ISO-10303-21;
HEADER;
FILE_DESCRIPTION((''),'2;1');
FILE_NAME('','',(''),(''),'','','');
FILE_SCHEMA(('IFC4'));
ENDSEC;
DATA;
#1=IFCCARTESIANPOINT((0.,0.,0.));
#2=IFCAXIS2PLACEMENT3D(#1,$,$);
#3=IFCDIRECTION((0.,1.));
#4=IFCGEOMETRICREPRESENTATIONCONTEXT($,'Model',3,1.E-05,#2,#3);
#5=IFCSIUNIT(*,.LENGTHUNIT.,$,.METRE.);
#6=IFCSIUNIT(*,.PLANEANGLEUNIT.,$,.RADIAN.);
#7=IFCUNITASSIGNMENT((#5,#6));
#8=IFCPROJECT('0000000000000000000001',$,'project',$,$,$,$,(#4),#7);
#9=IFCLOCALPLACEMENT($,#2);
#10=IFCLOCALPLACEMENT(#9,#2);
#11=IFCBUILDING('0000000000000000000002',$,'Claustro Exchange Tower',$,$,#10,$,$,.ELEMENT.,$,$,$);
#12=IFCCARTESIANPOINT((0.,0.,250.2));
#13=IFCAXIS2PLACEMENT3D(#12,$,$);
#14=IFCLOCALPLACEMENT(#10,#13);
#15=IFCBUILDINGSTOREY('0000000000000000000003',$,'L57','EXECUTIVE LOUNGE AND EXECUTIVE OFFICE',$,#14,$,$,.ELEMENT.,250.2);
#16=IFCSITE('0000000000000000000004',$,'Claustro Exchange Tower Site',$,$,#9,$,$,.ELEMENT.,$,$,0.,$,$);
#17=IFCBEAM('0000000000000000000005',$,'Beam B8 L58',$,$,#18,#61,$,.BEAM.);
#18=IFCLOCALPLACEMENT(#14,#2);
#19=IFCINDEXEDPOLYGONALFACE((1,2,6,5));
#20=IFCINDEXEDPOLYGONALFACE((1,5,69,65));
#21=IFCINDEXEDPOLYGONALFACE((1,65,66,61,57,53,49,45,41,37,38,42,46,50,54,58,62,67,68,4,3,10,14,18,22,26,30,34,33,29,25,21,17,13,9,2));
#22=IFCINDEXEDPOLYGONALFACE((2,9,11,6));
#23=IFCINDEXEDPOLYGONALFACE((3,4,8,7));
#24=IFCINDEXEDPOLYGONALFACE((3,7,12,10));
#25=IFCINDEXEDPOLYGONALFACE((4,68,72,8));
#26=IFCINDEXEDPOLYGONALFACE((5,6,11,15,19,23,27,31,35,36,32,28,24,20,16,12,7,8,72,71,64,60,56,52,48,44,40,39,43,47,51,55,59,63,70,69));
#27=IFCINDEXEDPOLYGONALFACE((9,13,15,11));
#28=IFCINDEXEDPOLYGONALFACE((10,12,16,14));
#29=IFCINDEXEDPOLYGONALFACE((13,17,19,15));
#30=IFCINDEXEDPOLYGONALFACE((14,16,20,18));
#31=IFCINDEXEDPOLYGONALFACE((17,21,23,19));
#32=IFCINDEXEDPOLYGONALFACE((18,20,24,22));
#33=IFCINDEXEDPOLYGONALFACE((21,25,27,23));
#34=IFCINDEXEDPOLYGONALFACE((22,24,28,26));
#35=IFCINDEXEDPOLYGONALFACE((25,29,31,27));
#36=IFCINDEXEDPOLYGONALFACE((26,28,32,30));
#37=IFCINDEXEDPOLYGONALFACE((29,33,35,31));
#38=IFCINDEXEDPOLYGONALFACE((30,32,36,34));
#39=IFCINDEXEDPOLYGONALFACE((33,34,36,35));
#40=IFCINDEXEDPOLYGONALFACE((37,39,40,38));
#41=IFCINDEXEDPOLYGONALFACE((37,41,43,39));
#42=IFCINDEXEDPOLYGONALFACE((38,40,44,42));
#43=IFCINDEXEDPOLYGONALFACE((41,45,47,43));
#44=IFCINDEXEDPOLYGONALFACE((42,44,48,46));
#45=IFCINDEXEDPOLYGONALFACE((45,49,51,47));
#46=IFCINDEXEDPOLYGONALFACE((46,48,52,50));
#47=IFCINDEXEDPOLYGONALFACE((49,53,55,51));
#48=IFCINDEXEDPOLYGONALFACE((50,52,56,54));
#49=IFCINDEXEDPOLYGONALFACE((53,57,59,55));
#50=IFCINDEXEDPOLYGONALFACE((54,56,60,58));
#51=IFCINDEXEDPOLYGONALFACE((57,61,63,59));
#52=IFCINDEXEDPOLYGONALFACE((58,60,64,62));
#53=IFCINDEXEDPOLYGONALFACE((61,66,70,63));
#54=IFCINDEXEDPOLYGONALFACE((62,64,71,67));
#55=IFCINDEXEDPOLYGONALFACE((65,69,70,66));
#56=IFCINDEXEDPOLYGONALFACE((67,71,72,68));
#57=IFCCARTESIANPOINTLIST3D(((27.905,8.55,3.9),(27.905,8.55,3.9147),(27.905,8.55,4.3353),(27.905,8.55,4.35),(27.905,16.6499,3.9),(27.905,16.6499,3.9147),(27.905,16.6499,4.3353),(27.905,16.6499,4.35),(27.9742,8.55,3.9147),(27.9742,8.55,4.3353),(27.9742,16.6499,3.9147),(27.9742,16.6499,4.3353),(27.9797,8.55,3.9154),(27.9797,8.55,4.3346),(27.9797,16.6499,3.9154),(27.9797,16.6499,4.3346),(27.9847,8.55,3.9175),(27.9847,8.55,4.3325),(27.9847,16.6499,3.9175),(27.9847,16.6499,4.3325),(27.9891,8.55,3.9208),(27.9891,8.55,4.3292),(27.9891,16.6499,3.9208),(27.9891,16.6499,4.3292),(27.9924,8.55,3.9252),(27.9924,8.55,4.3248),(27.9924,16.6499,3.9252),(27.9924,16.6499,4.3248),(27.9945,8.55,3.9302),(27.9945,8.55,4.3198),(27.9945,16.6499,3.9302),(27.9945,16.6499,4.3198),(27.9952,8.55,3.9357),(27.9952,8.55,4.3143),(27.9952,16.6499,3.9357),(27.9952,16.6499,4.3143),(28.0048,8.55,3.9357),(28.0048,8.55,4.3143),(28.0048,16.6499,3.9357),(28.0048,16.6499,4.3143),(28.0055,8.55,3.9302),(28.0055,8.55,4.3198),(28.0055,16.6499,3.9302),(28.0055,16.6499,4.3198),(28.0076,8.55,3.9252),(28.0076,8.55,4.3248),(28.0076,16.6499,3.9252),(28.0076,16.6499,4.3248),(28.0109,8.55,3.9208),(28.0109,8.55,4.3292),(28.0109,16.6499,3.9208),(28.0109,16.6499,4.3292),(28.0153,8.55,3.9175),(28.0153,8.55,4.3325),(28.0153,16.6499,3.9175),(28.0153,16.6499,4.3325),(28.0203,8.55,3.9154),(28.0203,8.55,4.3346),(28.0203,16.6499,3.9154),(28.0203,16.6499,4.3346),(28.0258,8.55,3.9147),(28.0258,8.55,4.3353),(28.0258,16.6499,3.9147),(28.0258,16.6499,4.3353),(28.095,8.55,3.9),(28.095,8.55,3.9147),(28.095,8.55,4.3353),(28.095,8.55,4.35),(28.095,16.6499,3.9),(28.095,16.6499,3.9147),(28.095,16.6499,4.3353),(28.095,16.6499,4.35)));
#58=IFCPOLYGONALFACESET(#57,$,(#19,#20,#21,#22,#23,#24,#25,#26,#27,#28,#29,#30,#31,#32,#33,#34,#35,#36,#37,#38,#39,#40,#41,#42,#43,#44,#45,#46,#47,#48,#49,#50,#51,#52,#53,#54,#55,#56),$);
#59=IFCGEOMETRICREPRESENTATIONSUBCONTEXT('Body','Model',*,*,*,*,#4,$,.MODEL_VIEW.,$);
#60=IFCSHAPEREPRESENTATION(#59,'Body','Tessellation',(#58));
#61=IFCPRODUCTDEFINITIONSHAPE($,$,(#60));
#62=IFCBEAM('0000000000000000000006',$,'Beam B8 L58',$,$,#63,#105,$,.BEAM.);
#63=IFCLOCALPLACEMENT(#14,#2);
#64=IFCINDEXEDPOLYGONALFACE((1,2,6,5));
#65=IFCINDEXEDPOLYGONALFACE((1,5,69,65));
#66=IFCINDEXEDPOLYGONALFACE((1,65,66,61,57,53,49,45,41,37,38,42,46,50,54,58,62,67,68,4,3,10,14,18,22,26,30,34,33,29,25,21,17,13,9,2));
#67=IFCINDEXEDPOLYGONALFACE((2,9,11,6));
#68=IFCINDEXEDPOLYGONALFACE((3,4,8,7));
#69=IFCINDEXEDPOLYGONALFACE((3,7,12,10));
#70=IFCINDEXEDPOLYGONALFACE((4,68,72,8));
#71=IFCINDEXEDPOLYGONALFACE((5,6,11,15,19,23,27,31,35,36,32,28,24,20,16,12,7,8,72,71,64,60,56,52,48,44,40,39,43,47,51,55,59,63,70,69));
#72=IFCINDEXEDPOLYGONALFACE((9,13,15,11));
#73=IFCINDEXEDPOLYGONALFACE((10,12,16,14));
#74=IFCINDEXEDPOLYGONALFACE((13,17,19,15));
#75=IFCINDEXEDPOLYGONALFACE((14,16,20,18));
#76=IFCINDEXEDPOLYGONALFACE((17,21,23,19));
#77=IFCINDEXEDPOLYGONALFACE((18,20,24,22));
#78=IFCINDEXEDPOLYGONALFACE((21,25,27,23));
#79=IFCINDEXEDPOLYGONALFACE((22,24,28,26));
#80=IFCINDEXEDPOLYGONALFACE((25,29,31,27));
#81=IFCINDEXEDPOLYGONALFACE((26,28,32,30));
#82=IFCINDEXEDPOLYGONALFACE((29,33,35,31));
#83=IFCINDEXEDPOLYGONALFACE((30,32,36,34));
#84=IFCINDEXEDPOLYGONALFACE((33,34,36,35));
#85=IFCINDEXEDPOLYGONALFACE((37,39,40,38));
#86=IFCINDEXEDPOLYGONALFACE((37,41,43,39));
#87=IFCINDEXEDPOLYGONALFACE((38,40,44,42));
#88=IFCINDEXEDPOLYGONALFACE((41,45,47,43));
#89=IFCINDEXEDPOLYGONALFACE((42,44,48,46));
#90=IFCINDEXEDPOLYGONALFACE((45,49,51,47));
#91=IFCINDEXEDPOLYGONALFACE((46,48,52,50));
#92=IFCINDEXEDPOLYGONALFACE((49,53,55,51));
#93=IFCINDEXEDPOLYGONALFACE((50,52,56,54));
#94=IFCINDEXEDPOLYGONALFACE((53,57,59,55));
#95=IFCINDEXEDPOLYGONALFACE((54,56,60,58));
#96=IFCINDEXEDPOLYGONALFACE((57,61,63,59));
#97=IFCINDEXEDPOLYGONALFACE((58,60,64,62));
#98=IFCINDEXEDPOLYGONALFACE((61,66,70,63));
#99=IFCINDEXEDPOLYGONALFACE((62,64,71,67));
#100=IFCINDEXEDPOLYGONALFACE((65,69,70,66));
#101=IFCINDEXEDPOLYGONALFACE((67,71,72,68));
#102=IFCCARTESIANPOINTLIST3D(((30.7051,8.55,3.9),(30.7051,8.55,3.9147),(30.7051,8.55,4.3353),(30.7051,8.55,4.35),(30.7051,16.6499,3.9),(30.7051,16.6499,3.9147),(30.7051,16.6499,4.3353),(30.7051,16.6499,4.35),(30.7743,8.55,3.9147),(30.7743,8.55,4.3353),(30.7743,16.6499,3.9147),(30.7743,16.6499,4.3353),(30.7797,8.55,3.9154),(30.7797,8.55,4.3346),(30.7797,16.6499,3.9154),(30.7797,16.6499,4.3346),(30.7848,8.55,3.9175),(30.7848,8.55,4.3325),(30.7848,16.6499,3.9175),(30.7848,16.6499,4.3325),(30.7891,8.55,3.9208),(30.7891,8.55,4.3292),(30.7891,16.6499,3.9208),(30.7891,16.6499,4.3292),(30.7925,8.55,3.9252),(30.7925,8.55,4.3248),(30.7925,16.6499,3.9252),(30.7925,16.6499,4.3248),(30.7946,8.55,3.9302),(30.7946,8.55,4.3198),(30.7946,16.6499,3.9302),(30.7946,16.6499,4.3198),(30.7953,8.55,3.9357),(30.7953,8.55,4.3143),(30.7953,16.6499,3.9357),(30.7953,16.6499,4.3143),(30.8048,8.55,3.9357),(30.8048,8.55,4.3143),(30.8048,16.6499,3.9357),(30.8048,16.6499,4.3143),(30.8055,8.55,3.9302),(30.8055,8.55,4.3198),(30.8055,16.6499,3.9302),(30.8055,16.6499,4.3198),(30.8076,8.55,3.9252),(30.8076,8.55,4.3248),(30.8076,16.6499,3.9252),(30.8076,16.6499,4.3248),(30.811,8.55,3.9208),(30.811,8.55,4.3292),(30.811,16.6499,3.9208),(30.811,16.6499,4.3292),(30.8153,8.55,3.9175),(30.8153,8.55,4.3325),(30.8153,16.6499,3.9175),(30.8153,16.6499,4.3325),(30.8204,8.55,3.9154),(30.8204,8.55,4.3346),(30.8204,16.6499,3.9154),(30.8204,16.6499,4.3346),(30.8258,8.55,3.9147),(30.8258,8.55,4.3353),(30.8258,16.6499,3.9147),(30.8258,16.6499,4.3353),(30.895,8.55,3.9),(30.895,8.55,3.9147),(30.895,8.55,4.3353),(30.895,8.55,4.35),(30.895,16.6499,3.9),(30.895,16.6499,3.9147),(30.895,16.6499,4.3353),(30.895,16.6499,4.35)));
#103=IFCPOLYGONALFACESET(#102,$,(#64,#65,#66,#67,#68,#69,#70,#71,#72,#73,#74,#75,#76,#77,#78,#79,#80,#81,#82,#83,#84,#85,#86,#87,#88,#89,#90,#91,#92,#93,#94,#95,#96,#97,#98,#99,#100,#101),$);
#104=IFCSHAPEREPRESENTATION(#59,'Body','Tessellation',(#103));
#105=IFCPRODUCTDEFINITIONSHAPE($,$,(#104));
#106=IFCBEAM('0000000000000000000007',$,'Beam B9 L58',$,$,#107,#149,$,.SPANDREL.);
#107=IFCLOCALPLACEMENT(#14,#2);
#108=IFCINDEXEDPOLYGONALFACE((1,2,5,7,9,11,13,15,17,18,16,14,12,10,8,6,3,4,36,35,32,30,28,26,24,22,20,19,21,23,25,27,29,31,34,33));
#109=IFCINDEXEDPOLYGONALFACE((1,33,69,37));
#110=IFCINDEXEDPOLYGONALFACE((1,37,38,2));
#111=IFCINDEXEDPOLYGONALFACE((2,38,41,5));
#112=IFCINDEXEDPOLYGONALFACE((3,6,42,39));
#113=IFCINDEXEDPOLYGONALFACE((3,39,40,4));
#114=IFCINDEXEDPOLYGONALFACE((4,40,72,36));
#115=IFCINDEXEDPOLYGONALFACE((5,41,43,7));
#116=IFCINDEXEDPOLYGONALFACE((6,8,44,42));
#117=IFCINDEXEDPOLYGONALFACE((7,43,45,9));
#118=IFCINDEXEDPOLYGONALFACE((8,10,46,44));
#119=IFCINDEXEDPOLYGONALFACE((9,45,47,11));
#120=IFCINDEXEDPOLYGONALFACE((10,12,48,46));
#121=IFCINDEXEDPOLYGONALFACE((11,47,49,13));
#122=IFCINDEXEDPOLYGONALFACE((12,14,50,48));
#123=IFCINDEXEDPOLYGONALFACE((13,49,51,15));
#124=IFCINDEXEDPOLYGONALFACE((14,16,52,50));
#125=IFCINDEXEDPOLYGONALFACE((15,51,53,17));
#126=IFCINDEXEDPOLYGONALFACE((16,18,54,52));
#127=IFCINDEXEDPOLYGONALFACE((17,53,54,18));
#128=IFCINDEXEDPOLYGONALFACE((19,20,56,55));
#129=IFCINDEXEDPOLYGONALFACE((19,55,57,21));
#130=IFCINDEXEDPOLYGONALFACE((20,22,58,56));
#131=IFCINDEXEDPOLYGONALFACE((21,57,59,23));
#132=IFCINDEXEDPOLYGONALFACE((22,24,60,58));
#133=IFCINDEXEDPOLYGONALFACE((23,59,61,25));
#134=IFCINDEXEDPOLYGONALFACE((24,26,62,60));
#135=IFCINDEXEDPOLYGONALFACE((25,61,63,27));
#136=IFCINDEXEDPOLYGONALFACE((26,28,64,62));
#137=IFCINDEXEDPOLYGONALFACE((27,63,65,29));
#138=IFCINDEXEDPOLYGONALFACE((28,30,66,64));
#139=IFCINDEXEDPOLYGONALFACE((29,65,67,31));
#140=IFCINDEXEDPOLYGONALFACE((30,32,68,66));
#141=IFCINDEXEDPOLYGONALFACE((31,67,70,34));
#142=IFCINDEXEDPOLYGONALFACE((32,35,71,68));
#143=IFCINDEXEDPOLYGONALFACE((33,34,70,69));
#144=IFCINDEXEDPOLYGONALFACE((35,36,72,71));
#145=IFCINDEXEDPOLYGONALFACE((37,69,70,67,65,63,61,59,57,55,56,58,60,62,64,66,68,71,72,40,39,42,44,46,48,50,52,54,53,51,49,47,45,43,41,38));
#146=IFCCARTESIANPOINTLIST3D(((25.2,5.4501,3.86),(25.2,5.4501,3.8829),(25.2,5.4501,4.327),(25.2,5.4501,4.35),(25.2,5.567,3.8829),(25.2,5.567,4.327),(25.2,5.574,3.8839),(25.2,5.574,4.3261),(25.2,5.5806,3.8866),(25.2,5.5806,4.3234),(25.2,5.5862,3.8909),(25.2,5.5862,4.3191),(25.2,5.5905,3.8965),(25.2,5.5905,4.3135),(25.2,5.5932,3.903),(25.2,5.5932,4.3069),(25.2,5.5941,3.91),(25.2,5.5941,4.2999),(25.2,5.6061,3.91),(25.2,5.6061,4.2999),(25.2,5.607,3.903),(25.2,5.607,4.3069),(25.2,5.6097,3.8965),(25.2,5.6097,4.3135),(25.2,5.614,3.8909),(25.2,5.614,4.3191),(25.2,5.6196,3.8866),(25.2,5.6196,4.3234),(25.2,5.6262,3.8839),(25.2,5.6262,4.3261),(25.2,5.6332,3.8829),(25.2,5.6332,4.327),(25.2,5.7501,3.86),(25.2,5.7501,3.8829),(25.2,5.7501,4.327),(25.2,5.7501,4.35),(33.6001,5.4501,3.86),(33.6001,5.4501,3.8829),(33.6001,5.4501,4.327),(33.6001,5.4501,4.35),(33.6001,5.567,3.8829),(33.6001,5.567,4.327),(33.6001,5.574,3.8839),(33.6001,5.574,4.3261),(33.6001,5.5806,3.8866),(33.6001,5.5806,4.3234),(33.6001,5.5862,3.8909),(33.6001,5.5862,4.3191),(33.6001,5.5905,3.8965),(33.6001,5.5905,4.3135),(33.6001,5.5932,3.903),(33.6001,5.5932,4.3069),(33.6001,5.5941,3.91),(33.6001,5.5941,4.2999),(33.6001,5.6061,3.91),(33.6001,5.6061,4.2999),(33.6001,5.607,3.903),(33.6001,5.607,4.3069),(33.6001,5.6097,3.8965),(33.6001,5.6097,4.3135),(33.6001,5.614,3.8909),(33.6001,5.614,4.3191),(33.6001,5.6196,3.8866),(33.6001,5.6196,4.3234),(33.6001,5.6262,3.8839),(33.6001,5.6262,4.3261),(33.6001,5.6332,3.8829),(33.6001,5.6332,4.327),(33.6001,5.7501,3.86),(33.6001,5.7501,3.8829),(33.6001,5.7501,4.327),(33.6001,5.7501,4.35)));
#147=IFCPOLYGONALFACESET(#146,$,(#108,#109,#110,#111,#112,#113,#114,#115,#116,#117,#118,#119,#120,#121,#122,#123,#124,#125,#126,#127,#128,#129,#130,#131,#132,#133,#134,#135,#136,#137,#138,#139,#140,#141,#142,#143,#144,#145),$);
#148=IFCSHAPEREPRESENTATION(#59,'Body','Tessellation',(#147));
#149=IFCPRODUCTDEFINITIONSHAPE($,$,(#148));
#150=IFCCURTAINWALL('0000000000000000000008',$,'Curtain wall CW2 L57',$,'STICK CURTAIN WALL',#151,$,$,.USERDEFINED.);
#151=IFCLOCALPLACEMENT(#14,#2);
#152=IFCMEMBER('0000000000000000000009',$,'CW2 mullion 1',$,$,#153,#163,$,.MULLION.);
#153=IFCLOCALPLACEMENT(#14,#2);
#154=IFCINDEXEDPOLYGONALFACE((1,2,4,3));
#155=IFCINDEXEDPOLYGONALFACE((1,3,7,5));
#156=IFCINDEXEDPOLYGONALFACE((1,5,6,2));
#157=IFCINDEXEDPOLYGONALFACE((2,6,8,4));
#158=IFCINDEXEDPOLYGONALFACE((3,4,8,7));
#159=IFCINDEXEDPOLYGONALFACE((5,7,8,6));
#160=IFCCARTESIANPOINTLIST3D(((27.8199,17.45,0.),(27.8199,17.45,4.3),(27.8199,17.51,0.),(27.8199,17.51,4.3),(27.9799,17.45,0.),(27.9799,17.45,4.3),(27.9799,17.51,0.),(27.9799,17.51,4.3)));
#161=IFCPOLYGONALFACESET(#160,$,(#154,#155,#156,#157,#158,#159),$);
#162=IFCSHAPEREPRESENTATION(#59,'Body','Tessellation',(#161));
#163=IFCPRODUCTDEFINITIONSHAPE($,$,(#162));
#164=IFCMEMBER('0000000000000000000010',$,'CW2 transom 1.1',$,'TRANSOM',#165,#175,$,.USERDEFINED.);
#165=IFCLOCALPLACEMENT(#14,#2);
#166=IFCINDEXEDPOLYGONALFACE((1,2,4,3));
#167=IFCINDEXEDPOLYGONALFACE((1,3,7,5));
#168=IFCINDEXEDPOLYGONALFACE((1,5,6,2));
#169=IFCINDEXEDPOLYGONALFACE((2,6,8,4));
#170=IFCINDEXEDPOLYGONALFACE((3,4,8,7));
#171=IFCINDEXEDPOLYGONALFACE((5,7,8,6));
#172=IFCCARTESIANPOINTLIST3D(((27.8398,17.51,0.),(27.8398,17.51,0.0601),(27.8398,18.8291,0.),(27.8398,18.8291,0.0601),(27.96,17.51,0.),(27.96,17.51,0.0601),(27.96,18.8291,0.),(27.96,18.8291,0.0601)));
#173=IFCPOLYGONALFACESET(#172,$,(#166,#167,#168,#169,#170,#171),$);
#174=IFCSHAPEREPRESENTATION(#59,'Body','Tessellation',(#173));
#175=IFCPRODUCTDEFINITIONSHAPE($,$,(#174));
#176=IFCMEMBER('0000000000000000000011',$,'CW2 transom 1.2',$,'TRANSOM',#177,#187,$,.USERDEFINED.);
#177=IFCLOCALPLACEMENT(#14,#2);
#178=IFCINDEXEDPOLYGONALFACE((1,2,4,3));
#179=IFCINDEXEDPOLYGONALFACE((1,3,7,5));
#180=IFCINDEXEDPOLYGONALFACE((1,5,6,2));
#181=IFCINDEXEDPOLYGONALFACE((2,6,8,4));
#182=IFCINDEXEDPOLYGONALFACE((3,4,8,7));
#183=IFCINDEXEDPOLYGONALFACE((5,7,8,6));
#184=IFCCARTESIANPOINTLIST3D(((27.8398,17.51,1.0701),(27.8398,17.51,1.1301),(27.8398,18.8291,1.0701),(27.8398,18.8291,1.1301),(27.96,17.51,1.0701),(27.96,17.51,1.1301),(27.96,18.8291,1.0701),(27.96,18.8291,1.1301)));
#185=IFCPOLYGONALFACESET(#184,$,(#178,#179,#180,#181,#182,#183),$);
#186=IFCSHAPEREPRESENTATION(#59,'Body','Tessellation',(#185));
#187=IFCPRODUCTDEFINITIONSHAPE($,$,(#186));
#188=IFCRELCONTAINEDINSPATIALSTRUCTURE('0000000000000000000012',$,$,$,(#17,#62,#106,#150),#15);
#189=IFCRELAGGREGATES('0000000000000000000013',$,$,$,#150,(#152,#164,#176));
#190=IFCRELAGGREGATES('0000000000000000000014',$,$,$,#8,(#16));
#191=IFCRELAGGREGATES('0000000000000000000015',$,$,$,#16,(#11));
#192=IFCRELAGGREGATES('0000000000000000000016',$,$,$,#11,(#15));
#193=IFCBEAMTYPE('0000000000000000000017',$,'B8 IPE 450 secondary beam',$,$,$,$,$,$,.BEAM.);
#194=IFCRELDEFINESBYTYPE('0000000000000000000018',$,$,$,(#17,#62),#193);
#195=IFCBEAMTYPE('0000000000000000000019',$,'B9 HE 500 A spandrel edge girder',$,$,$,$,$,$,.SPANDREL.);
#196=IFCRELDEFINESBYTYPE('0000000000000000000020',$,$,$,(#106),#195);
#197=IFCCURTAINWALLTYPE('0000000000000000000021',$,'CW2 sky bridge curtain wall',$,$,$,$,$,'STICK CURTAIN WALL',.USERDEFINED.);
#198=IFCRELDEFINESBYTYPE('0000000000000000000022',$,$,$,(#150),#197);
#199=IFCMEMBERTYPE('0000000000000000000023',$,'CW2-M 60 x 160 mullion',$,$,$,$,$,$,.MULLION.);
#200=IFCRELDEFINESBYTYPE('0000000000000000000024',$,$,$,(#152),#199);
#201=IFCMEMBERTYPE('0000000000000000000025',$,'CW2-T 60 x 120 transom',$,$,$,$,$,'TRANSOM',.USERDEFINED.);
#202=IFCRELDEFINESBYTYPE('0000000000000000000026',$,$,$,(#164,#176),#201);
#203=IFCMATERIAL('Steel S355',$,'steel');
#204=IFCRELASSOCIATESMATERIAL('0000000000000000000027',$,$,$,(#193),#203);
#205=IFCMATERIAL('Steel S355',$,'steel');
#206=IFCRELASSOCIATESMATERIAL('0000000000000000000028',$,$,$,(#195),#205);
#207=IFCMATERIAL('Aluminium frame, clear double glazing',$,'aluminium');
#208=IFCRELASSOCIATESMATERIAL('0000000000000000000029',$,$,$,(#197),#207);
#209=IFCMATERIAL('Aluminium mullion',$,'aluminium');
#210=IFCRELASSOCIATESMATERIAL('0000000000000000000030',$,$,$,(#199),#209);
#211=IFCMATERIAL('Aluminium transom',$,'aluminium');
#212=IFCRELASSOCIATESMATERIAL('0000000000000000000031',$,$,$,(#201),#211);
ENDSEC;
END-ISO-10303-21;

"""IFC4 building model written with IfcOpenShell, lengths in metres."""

from ifc_helpers import new_model, si_unit, direction, frame, origin, origin_2d, place, context, subcontext, project, spatial, rectangle, i_section, extrude, material, material_profile, profile_set, type_object, element, aggregate, save


model = new_model("IFC4")

# Units and contexts
model_context = context("Model", 3, precision=1e-05, world=origin(), true_north=direction((0.0, 1.0)))
body_context = subcontext(model_context, "Body", "Model", "MODEL_VIEW")
ifc_project = project(units=[si_unit("LENGTHUNIT", "METRE"), si_unit("PLANEANGLEUNIT", "RADIAN")], contexts=[model_context])

# Site, building, storey
site_placement = place(None, origin())
site = spatial("IfcSite", under=ifc_project, at=site_placement, Name="Claustro Exchange Tower Site", CompositionType="ELEMENT", RefElevation=0.0)
building_placement = place(site_placement, origin())
building = spatial("IfcBuilding", under=site, at=building_placement, Name="Claustro Exchange Tower", CompositionType="ELEMENT")
storey_placement = place(building_placement, frame((0.0, 0.0, 250.2)))
storey = spatial("IfcBuildingStorey", under=building, at=storey_placement, Name="L57", Description="EXECUTIVE LOUNGE AND EXECUTIVE OFFICE", CompositionType="ELEMENT", Elevation=250.2)

# Beams
ifc_material_1 = material(Name="Steel S355", Category="steel")
ifc_material_profile_1 = material_profile(ifc_material_1, i_section(OverallWidth=0.1899, OverallDepth=0.45, WebThickness=0.0095, FlangeThickness=0.0146, FilletRadius=0.021, at=origin_2d()), Name="IPE 450")
ifc_profile_set_1 = profile_set([ifc_material_profile_1], Name="Steel S355")
beam_type_1 = type_object("IfcBeamType", Name="B8 IPE 450 secondary beam", PredefinedType="BEAM", material=ifc_profile_set_1)
for number, where, z_axis, x_axis, name in (
    (1, (28.0, 8.55, 4.125), (0.0, 1.0, 0.0), (-1.0, 0.0, 0.0), "Beam B8 L58"),
    (2, (30.8, 8.55, 4.125), (0.0, 1.0, 0.0), (-1.0, 0.0, 0.0), "Beam B8 L58"),
):
    element("IfcBeam", number, at=place(storey_placement, frame(where, z_axis=z_axis, x_axis=x_axis)), inside=storey, type_object=beam_type_1, Name=name, PredefinedType="BEAM", context=body_context, shape_type="SweptSolid", body=[
        extrude(i_section(OverallWidth=0.1899, OverallDepth=0.45, WebThickness=0.0095, FlangeThickness=0.0146, FilletRadius=0.021, at=origin_2d()), origin(), (0.0, 0.0, 1.0), 8.0999),
    ])
ifc_material_2 = material(Name="Steel S355", Category="steel")
ifc_material_profile_2 = material_profile(ifc_material_2, i_section(OverallWidth=0.3, OverallDepth=0.49, WebThickness=0.012, FlangeThickness=0.0229, FilletRadius=0.0271, at=origin_2d()), Name="HE 500 A")
ifc_profile_set_2 = profile_set([ifc_material_profile_2], Name="Steel S355")
beam_type_2 = type_object("IfcBeamType", Name="B9 HE 500 A spandrel edge girder", PredefinedType="SPANDREL", material=ifc_profile_set_2)
beam_1_placement = place(storey_placement, frame((25.2, 5.6001, 4.105), z_axis=(1.0, 0.0, 0.0), x_axis=(0.0, 1.0, 0.0)))
element("IfcBeam", 3, at=beam_1_placement, inside=storey, type_object=beam_type_2, Name="Beam B9 L58", PredefinedType="SPANDREL", context=body_context, shape_type="SweptSolid", body=[
    extrude(i_section(OverallWidth=0.3, OverallDepth=0.49, WebThickness=0.012, FlangeThickness=0.0229, FilletRadius=0.0271, at=origin_2d()), origin(), (0.0, 0.0, 1.0), 8.4001),
])

# Curtain wall, members
ifc_material_3 = material(Name="Aluminium frame, clear double glazing", Category="aluminium")
curtain_wall_type = type_object("IfcCurtainWallType", Name="CW2 sky bridge curtain wall", ElementType="STICK CURTAIN WALL", PredefinedType="USERDEFINED", material=ifc_material_3)
curtain_wall_placement = place(storey_placement, origin())
curtain_wall = element("IfcCurtainWall", 4, at=curtain_wall_placement, inside=storey, type_object=curtain_wall_type, Name="Curtain wall CW2 L57", ObjectType="STICK CURTAIN WALL", PredefinedType="USERDEFINED")
ifc_material_4 = material(Name="Aluminium mullion", Category="aluminium")
ifc_material_profile_3 = material_profile(ifc_material_4, rectangle(XDim=0.1599, YDim=0.0601, at=origin_2d()), Name="CW2-M 60x160")
ifc_profile_set_3 = profile_set([ifc_material_profile_3], Name="Aluminium mullion")
member_type_1 = type_object("IfcMemberType", Name="CW2-M 60 x 160 mullion", PredefinedType="MULLION", material=ifc_profile_set_3)
member_1_placement = place(storey_placement, frame((27.8999, 17.48, 0.0), z_axis=(0.0, 0.0, 1.0), x_axis=(-1.0, 0.0, 0.0)))
member_1 = element("IfcMember", 5, at=member_1_placement, type_object=member_type_1, Name="CW2 mullion 1", PredefinedType="MULLION", context=body_context, shape_type="SweptSolid", body=[
    extrude(rectangle(XDim=0.1599, YDim=0.0601, at=origin_2d()), origin(), (0.0, 0.0, 1.0), 4.3),
])
ifc_material_5 = material(Name="Aluminium transom", Category="aluminium")
ifc_material_profile_4 = material_profile(ifc_material_5, rectangle(XDim=0.1201, YDim=0.0601, at=origin_2d()), Name="CW2-T 60x120")
ifc_profile_set_4 = profile_set([ifc_material_profile_4], Name="Aluminium transom")
member_type_2 = type_object("IfcMemberType", Name="CW2-T 60 x 120 transom", ElementType="TRANSOM", PredefinedType="USERDEFINED", material=ifc_profile_set_4)
member_2_placement = place(storey_placement, frame((27.8999, 17.51, 0.03), z_axis=(0.0, 1.0, 0.0), x_axis=(-1.0, 0.0, 0.0)))
member_2 = element("IfcMember", 6, at=member_2_placement, type_object=member_type_2, Name="CW2 transom 1.1", ObjectType="TRANSOM", PredefinedType="USERDEFINED", context=body_context, shape_type="SweptSolid", body=[
    extrude(rectangle(XDim=0.1201, YDim=0.0601, at=origin_2d()), origin(), (0.0, 0.0, 1.0), 1.3191),
])
member_3_placement = place(storey_placement, frame((27.8999, 17.51, 1.1001), z_axis=(0.0, 1.0, 0.0), x_axis=(-1.0, 0.0, 0.0)))
member_3 = element("IfcMember", 7, at=member_3_placement, type_object=member_type_2, Name="CW2 transom 1.2", ObjectType="TRANSOM", PredefinedType="USERDEFINED", context=body_context, shape_type="SweptSolid", body=[
    extrude(rectangle(XDim=0.1201, YDim=0.0601, at=origin_2d()), origin(), (0.0, 0.0, 1.0), 1.3191),
])
aggregate(curtain_wall, [member_1, member_2, member_3])

save(model, "model.ifc")
